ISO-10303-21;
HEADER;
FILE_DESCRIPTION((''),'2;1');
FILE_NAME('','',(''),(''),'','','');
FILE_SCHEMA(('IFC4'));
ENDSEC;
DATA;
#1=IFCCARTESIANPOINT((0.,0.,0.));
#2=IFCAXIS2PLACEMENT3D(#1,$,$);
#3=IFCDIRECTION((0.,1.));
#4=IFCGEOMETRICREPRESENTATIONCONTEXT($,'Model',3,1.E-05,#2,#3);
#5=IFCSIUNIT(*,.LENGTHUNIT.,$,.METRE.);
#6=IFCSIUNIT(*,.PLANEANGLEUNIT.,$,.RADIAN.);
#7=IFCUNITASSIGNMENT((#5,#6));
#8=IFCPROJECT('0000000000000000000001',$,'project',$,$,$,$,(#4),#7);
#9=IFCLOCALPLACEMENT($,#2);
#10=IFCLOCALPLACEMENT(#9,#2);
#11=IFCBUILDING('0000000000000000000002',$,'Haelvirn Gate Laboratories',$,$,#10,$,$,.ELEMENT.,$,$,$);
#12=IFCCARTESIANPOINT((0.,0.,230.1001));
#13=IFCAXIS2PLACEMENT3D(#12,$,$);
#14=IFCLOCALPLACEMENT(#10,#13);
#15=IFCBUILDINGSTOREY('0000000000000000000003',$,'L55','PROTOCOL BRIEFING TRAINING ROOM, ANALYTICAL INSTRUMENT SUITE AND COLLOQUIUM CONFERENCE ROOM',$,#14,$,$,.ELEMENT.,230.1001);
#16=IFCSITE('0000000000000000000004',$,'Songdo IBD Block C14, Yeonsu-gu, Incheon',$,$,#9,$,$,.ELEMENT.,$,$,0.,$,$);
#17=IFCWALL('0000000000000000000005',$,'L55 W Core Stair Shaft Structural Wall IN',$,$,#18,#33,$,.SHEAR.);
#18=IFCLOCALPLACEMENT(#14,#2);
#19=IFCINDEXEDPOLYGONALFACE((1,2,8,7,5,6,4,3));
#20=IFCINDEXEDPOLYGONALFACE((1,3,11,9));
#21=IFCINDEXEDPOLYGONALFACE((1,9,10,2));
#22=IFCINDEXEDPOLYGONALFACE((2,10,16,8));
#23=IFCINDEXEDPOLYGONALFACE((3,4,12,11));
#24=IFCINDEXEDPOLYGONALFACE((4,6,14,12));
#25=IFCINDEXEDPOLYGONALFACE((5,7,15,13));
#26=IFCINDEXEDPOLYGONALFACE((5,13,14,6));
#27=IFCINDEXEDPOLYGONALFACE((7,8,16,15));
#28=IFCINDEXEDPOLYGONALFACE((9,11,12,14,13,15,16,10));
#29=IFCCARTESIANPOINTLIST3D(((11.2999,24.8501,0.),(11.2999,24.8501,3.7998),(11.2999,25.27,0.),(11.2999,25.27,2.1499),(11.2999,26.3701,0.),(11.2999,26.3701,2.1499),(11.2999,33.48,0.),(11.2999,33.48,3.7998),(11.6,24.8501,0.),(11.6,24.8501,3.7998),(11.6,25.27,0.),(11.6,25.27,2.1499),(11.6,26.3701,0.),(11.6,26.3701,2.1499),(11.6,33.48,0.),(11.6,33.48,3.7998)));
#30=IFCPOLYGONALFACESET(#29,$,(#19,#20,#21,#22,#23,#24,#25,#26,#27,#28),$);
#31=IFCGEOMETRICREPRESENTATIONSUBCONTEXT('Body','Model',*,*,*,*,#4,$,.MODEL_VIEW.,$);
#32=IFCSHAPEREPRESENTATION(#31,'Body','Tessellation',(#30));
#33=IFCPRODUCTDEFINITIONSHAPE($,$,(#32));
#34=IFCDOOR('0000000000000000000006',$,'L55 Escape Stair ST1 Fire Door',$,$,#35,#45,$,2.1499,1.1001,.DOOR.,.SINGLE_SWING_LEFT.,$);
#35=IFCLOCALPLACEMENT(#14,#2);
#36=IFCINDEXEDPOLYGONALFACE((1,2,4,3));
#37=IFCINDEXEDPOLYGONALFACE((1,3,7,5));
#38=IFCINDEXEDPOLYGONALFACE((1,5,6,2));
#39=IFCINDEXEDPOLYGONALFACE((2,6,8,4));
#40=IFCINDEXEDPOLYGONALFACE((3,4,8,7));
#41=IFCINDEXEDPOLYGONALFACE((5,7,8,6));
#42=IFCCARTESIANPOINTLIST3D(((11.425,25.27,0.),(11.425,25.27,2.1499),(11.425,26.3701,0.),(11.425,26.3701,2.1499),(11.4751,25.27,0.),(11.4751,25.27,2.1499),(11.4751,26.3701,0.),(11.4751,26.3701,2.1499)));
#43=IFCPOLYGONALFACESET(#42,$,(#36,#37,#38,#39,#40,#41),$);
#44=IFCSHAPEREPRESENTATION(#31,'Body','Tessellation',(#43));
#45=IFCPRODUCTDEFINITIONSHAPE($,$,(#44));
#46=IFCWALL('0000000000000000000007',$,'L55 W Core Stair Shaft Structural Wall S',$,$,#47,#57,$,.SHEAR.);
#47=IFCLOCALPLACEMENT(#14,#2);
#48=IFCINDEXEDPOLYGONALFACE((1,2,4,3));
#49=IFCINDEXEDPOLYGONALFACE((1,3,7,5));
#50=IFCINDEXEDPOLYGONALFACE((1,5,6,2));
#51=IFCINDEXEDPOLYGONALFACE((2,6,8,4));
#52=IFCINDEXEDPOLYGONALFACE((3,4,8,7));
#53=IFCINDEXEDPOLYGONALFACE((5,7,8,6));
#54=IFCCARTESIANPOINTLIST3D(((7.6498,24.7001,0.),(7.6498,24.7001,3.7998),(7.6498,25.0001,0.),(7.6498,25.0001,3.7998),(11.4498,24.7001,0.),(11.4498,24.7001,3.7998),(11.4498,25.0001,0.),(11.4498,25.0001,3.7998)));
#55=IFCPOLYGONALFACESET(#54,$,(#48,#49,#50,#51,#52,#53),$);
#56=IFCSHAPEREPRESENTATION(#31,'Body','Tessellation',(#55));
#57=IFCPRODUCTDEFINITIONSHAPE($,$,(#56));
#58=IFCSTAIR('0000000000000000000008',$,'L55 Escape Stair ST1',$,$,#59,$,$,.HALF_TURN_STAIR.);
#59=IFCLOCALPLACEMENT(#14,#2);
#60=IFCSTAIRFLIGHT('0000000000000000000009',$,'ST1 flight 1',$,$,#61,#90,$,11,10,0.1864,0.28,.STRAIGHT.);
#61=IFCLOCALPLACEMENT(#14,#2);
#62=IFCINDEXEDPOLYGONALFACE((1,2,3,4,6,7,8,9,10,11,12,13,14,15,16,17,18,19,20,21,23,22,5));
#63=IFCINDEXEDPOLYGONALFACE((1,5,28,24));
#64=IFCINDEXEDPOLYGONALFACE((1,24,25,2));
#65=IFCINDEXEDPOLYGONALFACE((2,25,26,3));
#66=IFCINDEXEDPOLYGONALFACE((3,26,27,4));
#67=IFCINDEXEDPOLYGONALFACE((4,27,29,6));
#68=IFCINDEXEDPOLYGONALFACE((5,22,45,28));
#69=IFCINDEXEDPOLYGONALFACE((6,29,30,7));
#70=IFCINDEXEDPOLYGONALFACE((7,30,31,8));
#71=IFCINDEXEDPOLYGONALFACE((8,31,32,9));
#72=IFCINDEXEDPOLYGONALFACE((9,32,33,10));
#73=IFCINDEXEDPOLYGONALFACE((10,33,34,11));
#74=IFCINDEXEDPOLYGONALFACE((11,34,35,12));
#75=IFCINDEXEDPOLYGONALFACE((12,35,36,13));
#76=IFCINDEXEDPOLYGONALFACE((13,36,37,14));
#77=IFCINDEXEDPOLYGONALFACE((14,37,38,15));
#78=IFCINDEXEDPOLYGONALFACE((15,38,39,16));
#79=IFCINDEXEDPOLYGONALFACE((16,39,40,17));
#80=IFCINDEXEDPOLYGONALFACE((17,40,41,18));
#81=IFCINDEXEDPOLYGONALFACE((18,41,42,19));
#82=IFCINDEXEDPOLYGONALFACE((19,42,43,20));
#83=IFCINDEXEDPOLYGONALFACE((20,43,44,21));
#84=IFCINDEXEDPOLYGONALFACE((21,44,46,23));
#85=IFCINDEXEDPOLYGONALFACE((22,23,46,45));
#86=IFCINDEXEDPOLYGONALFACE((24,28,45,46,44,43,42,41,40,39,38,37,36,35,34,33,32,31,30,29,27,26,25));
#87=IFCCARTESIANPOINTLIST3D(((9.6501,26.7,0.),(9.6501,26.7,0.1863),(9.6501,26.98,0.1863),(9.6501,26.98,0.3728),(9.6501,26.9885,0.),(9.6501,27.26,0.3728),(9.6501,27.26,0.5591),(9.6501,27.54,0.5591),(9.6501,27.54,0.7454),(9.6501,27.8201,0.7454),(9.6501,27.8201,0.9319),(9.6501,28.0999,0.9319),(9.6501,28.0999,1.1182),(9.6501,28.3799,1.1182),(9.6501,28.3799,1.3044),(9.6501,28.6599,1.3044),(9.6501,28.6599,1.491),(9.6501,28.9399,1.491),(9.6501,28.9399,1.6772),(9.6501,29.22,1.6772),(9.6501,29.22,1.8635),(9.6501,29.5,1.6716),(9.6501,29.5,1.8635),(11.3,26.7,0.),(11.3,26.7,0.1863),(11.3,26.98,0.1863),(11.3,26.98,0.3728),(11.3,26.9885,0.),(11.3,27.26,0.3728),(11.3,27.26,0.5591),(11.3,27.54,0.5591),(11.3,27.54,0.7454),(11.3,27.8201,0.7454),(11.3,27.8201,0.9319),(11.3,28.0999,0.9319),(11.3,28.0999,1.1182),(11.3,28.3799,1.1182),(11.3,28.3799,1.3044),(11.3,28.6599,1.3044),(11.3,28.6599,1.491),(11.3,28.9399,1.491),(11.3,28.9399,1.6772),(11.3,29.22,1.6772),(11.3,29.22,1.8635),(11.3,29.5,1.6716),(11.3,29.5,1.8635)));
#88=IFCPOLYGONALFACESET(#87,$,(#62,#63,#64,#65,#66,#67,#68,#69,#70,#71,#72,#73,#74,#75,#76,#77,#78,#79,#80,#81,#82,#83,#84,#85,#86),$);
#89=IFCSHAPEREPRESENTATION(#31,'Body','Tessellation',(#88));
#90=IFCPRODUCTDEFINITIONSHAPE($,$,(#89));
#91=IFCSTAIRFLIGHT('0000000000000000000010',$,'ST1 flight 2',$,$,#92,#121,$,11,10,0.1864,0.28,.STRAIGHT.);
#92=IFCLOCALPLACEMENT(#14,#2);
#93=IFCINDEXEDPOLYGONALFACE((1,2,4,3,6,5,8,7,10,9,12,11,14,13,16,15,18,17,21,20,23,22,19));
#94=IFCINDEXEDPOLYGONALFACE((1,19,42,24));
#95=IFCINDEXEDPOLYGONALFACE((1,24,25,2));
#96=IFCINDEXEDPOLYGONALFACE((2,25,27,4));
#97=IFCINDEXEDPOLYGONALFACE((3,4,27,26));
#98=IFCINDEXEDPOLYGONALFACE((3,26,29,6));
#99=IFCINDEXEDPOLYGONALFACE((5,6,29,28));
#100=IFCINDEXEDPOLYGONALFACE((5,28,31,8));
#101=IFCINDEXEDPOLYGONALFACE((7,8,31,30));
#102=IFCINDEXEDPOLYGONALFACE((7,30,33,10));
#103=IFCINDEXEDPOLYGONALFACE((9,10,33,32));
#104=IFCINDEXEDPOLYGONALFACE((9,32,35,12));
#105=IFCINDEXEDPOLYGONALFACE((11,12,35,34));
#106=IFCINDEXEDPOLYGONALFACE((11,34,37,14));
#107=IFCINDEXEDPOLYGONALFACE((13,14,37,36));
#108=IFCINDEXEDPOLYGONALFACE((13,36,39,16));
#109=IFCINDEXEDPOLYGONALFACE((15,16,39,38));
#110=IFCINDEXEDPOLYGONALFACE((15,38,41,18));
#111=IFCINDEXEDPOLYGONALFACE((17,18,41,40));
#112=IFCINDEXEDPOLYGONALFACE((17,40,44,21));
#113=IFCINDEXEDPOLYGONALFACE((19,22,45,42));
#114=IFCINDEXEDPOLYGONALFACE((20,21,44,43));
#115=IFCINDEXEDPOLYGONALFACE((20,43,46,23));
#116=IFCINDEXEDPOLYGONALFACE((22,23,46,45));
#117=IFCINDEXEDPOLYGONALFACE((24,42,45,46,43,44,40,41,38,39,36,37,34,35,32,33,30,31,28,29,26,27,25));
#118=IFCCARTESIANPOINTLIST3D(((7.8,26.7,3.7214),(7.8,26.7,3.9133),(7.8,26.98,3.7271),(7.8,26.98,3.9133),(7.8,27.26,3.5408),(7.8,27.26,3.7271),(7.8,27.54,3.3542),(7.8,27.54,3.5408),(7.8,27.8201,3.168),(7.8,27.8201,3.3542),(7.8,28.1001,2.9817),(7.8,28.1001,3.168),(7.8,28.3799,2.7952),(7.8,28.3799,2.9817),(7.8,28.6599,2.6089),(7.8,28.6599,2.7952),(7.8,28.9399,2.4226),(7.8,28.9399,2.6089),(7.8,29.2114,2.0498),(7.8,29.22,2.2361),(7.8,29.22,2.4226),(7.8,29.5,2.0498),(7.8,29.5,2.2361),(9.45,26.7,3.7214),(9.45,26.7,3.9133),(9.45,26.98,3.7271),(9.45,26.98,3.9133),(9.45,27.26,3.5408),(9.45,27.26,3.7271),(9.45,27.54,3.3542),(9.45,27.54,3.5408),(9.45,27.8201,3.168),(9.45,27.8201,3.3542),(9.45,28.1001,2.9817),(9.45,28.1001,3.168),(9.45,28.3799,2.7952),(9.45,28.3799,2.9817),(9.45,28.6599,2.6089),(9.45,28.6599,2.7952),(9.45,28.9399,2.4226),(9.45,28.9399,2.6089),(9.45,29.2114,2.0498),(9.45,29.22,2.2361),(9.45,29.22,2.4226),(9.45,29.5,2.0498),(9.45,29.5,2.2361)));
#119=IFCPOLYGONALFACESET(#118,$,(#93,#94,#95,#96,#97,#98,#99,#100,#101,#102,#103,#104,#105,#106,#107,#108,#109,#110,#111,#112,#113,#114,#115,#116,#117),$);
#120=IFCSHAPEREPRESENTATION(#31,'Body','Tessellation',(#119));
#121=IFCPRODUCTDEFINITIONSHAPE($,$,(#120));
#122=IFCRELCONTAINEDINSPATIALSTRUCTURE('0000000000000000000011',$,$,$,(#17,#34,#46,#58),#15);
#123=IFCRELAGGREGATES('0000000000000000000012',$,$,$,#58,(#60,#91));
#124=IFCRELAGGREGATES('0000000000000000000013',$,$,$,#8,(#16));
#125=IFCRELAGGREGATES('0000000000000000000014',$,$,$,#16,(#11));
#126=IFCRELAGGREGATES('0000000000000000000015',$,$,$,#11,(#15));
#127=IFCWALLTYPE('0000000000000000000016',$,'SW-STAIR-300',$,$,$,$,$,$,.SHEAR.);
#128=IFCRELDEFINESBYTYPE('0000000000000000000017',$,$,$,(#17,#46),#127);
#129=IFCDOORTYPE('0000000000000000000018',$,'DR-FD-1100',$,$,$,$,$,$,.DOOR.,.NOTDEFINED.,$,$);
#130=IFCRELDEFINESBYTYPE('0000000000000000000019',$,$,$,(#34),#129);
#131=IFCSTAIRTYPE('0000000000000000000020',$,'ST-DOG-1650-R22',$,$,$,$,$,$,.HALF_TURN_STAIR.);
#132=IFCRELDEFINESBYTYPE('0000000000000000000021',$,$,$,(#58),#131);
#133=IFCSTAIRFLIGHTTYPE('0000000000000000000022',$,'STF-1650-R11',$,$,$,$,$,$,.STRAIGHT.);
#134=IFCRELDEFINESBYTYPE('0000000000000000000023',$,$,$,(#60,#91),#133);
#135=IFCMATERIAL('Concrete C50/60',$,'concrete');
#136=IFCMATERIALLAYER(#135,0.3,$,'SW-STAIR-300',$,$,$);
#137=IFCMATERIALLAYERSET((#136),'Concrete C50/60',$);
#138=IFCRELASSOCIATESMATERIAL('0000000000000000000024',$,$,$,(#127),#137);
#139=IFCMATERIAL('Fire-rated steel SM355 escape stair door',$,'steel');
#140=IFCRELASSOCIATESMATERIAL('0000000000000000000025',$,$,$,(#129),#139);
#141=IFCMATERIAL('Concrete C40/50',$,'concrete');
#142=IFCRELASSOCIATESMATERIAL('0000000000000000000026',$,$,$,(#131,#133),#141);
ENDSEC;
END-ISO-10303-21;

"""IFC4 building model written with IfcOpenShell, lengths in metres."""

from ifc_helpers import new_model, si_unit, direction, frame, frame_2d, origin, place, context, subcontext, project, spatial, polyline, rectangle, outline, extrude, source, transform, mapped, material, layer, layer_set, type_object, type_shapes, element, fill, aggregate, save


model = new_model("IFC4")

# Units and contexts
model_context = context("Model", 3, precision=1e-05, world=origin(), true_north=direction((0.0, 1.0)))
body_context = subcontext(model_context, "Body", "Model", "MODEL_VIEW")
ifc_project = project(units=[si_unit("LENGTHUNIT", "METRE"), si_unit("PLANEANGLEUNIT", "RADIAN")], contexts=[model_context])

# Site, building, storey
site_placement = place(None, origin())
site = spatial("IfcSite", under=ifc_project, at=site_placement, Name="Songdo IBD Block C14, Yeonsu-gu, Incheon", CompositionType="ELEMENT", RefElevation=0.0)
building_placement = place(site_placement, origin())
building = spatial("IfcBuilding", under=site, at=building_placement, Name="Haelvirn Gate Laboratories", CompositionType="ELEMENT")
storey_placement = place(building_placement, frame((0.0, 0.0, 230.1001)))
storey = spatial("IfcBuildingStorey", under=building, at=storey_placement, Name="L55", Description="PROTOCOL BRIEFING TRAINING ROOM, ANALYTICAL INSTRUMENT SUITE AND COLLOQUIUM CONFERENCE ROOM", CompositionType="ELEMENT", Elevation=230.1001)

# Shared definitions
ifc_material_1 = material(Name="Concrete C40/50", Category="concrete")

# Shared definitions
ifc_material_2 = material(Name="Concrete C50/60", Category="concrete")

# Wall, opening, door
ifc_layer_1 = layer(ifc_material_2, 0.3, Name="SW-STAIR-300")
ifc_layer_set_1 = layer_set([ifc_layer_1], Name="Concrete C50/60")
wall_type_1 = type_object("IfcWallType", Name="SW-STAIR-300", PredefinedType="SHEAR", material=ifc_layer_set_1)
wall_1_placement = place(storey_placement, frame((11.45, 24.8501, 0.0), z_axis=(0.0, 0.0, 1.0), x_axis=(0.0, 1.0, 0.0)))
wall_1 = element("IfcWall", 1, at=wall_1_placement, inside=storey, type_object=wall_type_1, Name="L55 W Core Stair Shaft Structural Wall IN", PredefinedType="SHEAR", context=body_context, shape_type="SweptSolid", body=[
    extrude(rectangle(XDim=8.6299, YDim=0.3, at=frame_2d((4.3149, 0.0))), origin(), (0.0, 0.0, 1.0), 3.7998),
])
opening_1_placement = place(wall_1_placement, frame((0.4199, 0.0, 0.0)))
opening_1 = element("IfcOpeningElement", 2, at=opening_1_placement, cuts=wall_1, PredefinedType="OPENING", context=body_context, shape_type="SweptSolid", body=[
    extrude(rectangle(XDim=1.1001, YDim=2.1499, at=frame_2d((0.55, 1.075))), frame((0.0, 0.1602, 0.0), z_axis=(0.0, -1.0, 0.0), x_axis=(1.0, 0.0, 0.0)), (0.0, 0.0, 1.0), 0.3201),
])
ifc_material_3 = material(Name="Fire-rated steel SM355 escape stair door", Category="steel")
door_type_1 = type_object("IfcDoorType", Name="DR-FD-1100", OperationType="NOTDEFINED", PredefinedType="DOOR", material=ifc_material_3)
shared_shape_1 = source(origin(), body_context, "Body", "SweptSolid", [
    extrude(rectangle(XDim=1.1001, YDim=2.1499, at=frame_2d((0.55, 1.075))), frame((0.0, 0.0249, 0.0), z_axis=(0.0, -1.0, 0.0), x_axis=(1.0, 0.0, 0.0)), (0.0, 0.0, 1.0), 0.05),
])
type_shapes(door_type_1, [shared_shape_1])
door_1_placement = place(opening_1_placement, origin())
door_1 = element("IfcDoor", 3, at=door_1_placement, inside=storey, type_object=door_type_1, Name="L55 Escape Stair ST1 Fire Door", OperationType="SINGLE_SWING_LEFT", OverallHeight=2.1499, OverallWidth=1.1001, PredefinedType="DOOR", context=body_context, shape_type="MappedRepresentation", body=[
    mapped(shared_shape_1, transform((0.0, 0.0, 0.0), scale=1.0)),
])
fill(opening_1, door_1)

# Wall
wall_2_placement = place(storey_placement, frame((7.6499, 24.8501, 0.0), z_axis=(0.0, 0.0, 1.0), x_axis=(1.0, 0.0, 0.0)))
element("IfcWall", 4, at=wall_2_placement, inside=storey, type_object=wall_type_1, Name="L55 W Core Stair Shaft Structural Wall S", PredefinedType="SHEAR", context=body_context, shape_type="SweptSolid", body=[
    extrude(rectangle(XDim=3.8, YDim=0.3, at=frame_2d((1.8999, 0.0))), origin(), (0.0, 0.0, 1.0), 3.7998),
])

# Stair, stair flights
stair_type = type_object("IfcStairType", Name="ST-DOG-1650-R22", PredefinedType="HALF_TURN_STAIR", material=ifc_material_1)
stair_placement = place(storey_placement, origin())
stair = element("IfcStair", 5, at=stair_placement, inside=storey, type_object=stair_type, Name="L55 Escape Stair ST1", PredefinedType="HALF_TURN_STAIR")
stair_flight_type = type_object("IfcStairFlightType", Name="STF-1650-R11", PredefinedType="STRAIGHT", material=ifc_material_1)
shared_shape_2 = source(origin(), body_context, "Body", "SweptSolid", [
    extrude(outline(polyline([(0.0, 0.0), (0.0, 0.1863), (0.28, 0.1863), (0.28, 0.3728), (0.5601, 0.3728), (0.5601, 0.5591), (0.8401, 0.5591), (0.8401, 0.7454), (1.1201, 0.7454), (1.1201, 0.9319), (1.3999, 0.9319), (1.3999, 1.1182), (1.6799, 1.1182), (1.6799, 1.3044), (1.96, 1.3044), (1.96, 1.491), (2.24, 1.491), (2.24, 1.6772), (2.52, 1.6772), (2.52, 1.8635), (2.8, 1.8635), (2.8, 2.05), (2.8, 1.6716), (0.2886, 0.0), (0.0, 0.0)])), frame((0.0, 0.825, 0.0), z_axis=(0.0, -1.0, 0.0), x_axis=(1.0, 0.0, 0.0)), (0.0, 0.0, 1.0), 1.6499),
])
type_shapes(stair_flight_type, [shared_shape_2])
stair_flight_1_placement = place(storey_placement, frame((10.4751, 26.7, 0.0), z_axis=(0.0, 0.0, 1.0), x_axis=(0.0, 1.0, 0.0)))
stair_flight_1 = element("IfcStairFlight", 6, at=stair_flight_1_placement, type_object=stair_flight_type, Name="ST1 flight 1", NumberOfRisers=11, NumberOfTreads=10, PredefinedType="STRAIGHT", RiserHeight=0.1864, TreadLength=0.28, context=body_context, shape_type="MappedRepresentation", body=[
    mapped(shared_shape_2, transform((0.0, 0.0, 0.0), scale=1.0)),
])
stair_flight_2_placement = place(storey_placement, frame((8.625, 29.5, 2.0498), z_axis=(0.0, 0.0, 1.0), x_axis=(0.0, -1.0, 0.0)))
stair_flight_2 = element("IfcStairFlight", 7, at=stair_flight_2_placement, type_object=stair_flight_type, Name="ST1 flight 2", NumberOfRisers=11, NumberOfTreads=10, PredefinedType="STRAIGHT", RiserHeight=0.1864, TreadLength=0.28, context=body_context, shape_type="MappedRepresentation", body=[
    mapped(shared_shape_2, transform((0.0, 0.0, 0.0), scale=1.0)),
])
aggregate(stair, [stair_flight_1, stair_flight_2])

save(model, "model.ifc")
